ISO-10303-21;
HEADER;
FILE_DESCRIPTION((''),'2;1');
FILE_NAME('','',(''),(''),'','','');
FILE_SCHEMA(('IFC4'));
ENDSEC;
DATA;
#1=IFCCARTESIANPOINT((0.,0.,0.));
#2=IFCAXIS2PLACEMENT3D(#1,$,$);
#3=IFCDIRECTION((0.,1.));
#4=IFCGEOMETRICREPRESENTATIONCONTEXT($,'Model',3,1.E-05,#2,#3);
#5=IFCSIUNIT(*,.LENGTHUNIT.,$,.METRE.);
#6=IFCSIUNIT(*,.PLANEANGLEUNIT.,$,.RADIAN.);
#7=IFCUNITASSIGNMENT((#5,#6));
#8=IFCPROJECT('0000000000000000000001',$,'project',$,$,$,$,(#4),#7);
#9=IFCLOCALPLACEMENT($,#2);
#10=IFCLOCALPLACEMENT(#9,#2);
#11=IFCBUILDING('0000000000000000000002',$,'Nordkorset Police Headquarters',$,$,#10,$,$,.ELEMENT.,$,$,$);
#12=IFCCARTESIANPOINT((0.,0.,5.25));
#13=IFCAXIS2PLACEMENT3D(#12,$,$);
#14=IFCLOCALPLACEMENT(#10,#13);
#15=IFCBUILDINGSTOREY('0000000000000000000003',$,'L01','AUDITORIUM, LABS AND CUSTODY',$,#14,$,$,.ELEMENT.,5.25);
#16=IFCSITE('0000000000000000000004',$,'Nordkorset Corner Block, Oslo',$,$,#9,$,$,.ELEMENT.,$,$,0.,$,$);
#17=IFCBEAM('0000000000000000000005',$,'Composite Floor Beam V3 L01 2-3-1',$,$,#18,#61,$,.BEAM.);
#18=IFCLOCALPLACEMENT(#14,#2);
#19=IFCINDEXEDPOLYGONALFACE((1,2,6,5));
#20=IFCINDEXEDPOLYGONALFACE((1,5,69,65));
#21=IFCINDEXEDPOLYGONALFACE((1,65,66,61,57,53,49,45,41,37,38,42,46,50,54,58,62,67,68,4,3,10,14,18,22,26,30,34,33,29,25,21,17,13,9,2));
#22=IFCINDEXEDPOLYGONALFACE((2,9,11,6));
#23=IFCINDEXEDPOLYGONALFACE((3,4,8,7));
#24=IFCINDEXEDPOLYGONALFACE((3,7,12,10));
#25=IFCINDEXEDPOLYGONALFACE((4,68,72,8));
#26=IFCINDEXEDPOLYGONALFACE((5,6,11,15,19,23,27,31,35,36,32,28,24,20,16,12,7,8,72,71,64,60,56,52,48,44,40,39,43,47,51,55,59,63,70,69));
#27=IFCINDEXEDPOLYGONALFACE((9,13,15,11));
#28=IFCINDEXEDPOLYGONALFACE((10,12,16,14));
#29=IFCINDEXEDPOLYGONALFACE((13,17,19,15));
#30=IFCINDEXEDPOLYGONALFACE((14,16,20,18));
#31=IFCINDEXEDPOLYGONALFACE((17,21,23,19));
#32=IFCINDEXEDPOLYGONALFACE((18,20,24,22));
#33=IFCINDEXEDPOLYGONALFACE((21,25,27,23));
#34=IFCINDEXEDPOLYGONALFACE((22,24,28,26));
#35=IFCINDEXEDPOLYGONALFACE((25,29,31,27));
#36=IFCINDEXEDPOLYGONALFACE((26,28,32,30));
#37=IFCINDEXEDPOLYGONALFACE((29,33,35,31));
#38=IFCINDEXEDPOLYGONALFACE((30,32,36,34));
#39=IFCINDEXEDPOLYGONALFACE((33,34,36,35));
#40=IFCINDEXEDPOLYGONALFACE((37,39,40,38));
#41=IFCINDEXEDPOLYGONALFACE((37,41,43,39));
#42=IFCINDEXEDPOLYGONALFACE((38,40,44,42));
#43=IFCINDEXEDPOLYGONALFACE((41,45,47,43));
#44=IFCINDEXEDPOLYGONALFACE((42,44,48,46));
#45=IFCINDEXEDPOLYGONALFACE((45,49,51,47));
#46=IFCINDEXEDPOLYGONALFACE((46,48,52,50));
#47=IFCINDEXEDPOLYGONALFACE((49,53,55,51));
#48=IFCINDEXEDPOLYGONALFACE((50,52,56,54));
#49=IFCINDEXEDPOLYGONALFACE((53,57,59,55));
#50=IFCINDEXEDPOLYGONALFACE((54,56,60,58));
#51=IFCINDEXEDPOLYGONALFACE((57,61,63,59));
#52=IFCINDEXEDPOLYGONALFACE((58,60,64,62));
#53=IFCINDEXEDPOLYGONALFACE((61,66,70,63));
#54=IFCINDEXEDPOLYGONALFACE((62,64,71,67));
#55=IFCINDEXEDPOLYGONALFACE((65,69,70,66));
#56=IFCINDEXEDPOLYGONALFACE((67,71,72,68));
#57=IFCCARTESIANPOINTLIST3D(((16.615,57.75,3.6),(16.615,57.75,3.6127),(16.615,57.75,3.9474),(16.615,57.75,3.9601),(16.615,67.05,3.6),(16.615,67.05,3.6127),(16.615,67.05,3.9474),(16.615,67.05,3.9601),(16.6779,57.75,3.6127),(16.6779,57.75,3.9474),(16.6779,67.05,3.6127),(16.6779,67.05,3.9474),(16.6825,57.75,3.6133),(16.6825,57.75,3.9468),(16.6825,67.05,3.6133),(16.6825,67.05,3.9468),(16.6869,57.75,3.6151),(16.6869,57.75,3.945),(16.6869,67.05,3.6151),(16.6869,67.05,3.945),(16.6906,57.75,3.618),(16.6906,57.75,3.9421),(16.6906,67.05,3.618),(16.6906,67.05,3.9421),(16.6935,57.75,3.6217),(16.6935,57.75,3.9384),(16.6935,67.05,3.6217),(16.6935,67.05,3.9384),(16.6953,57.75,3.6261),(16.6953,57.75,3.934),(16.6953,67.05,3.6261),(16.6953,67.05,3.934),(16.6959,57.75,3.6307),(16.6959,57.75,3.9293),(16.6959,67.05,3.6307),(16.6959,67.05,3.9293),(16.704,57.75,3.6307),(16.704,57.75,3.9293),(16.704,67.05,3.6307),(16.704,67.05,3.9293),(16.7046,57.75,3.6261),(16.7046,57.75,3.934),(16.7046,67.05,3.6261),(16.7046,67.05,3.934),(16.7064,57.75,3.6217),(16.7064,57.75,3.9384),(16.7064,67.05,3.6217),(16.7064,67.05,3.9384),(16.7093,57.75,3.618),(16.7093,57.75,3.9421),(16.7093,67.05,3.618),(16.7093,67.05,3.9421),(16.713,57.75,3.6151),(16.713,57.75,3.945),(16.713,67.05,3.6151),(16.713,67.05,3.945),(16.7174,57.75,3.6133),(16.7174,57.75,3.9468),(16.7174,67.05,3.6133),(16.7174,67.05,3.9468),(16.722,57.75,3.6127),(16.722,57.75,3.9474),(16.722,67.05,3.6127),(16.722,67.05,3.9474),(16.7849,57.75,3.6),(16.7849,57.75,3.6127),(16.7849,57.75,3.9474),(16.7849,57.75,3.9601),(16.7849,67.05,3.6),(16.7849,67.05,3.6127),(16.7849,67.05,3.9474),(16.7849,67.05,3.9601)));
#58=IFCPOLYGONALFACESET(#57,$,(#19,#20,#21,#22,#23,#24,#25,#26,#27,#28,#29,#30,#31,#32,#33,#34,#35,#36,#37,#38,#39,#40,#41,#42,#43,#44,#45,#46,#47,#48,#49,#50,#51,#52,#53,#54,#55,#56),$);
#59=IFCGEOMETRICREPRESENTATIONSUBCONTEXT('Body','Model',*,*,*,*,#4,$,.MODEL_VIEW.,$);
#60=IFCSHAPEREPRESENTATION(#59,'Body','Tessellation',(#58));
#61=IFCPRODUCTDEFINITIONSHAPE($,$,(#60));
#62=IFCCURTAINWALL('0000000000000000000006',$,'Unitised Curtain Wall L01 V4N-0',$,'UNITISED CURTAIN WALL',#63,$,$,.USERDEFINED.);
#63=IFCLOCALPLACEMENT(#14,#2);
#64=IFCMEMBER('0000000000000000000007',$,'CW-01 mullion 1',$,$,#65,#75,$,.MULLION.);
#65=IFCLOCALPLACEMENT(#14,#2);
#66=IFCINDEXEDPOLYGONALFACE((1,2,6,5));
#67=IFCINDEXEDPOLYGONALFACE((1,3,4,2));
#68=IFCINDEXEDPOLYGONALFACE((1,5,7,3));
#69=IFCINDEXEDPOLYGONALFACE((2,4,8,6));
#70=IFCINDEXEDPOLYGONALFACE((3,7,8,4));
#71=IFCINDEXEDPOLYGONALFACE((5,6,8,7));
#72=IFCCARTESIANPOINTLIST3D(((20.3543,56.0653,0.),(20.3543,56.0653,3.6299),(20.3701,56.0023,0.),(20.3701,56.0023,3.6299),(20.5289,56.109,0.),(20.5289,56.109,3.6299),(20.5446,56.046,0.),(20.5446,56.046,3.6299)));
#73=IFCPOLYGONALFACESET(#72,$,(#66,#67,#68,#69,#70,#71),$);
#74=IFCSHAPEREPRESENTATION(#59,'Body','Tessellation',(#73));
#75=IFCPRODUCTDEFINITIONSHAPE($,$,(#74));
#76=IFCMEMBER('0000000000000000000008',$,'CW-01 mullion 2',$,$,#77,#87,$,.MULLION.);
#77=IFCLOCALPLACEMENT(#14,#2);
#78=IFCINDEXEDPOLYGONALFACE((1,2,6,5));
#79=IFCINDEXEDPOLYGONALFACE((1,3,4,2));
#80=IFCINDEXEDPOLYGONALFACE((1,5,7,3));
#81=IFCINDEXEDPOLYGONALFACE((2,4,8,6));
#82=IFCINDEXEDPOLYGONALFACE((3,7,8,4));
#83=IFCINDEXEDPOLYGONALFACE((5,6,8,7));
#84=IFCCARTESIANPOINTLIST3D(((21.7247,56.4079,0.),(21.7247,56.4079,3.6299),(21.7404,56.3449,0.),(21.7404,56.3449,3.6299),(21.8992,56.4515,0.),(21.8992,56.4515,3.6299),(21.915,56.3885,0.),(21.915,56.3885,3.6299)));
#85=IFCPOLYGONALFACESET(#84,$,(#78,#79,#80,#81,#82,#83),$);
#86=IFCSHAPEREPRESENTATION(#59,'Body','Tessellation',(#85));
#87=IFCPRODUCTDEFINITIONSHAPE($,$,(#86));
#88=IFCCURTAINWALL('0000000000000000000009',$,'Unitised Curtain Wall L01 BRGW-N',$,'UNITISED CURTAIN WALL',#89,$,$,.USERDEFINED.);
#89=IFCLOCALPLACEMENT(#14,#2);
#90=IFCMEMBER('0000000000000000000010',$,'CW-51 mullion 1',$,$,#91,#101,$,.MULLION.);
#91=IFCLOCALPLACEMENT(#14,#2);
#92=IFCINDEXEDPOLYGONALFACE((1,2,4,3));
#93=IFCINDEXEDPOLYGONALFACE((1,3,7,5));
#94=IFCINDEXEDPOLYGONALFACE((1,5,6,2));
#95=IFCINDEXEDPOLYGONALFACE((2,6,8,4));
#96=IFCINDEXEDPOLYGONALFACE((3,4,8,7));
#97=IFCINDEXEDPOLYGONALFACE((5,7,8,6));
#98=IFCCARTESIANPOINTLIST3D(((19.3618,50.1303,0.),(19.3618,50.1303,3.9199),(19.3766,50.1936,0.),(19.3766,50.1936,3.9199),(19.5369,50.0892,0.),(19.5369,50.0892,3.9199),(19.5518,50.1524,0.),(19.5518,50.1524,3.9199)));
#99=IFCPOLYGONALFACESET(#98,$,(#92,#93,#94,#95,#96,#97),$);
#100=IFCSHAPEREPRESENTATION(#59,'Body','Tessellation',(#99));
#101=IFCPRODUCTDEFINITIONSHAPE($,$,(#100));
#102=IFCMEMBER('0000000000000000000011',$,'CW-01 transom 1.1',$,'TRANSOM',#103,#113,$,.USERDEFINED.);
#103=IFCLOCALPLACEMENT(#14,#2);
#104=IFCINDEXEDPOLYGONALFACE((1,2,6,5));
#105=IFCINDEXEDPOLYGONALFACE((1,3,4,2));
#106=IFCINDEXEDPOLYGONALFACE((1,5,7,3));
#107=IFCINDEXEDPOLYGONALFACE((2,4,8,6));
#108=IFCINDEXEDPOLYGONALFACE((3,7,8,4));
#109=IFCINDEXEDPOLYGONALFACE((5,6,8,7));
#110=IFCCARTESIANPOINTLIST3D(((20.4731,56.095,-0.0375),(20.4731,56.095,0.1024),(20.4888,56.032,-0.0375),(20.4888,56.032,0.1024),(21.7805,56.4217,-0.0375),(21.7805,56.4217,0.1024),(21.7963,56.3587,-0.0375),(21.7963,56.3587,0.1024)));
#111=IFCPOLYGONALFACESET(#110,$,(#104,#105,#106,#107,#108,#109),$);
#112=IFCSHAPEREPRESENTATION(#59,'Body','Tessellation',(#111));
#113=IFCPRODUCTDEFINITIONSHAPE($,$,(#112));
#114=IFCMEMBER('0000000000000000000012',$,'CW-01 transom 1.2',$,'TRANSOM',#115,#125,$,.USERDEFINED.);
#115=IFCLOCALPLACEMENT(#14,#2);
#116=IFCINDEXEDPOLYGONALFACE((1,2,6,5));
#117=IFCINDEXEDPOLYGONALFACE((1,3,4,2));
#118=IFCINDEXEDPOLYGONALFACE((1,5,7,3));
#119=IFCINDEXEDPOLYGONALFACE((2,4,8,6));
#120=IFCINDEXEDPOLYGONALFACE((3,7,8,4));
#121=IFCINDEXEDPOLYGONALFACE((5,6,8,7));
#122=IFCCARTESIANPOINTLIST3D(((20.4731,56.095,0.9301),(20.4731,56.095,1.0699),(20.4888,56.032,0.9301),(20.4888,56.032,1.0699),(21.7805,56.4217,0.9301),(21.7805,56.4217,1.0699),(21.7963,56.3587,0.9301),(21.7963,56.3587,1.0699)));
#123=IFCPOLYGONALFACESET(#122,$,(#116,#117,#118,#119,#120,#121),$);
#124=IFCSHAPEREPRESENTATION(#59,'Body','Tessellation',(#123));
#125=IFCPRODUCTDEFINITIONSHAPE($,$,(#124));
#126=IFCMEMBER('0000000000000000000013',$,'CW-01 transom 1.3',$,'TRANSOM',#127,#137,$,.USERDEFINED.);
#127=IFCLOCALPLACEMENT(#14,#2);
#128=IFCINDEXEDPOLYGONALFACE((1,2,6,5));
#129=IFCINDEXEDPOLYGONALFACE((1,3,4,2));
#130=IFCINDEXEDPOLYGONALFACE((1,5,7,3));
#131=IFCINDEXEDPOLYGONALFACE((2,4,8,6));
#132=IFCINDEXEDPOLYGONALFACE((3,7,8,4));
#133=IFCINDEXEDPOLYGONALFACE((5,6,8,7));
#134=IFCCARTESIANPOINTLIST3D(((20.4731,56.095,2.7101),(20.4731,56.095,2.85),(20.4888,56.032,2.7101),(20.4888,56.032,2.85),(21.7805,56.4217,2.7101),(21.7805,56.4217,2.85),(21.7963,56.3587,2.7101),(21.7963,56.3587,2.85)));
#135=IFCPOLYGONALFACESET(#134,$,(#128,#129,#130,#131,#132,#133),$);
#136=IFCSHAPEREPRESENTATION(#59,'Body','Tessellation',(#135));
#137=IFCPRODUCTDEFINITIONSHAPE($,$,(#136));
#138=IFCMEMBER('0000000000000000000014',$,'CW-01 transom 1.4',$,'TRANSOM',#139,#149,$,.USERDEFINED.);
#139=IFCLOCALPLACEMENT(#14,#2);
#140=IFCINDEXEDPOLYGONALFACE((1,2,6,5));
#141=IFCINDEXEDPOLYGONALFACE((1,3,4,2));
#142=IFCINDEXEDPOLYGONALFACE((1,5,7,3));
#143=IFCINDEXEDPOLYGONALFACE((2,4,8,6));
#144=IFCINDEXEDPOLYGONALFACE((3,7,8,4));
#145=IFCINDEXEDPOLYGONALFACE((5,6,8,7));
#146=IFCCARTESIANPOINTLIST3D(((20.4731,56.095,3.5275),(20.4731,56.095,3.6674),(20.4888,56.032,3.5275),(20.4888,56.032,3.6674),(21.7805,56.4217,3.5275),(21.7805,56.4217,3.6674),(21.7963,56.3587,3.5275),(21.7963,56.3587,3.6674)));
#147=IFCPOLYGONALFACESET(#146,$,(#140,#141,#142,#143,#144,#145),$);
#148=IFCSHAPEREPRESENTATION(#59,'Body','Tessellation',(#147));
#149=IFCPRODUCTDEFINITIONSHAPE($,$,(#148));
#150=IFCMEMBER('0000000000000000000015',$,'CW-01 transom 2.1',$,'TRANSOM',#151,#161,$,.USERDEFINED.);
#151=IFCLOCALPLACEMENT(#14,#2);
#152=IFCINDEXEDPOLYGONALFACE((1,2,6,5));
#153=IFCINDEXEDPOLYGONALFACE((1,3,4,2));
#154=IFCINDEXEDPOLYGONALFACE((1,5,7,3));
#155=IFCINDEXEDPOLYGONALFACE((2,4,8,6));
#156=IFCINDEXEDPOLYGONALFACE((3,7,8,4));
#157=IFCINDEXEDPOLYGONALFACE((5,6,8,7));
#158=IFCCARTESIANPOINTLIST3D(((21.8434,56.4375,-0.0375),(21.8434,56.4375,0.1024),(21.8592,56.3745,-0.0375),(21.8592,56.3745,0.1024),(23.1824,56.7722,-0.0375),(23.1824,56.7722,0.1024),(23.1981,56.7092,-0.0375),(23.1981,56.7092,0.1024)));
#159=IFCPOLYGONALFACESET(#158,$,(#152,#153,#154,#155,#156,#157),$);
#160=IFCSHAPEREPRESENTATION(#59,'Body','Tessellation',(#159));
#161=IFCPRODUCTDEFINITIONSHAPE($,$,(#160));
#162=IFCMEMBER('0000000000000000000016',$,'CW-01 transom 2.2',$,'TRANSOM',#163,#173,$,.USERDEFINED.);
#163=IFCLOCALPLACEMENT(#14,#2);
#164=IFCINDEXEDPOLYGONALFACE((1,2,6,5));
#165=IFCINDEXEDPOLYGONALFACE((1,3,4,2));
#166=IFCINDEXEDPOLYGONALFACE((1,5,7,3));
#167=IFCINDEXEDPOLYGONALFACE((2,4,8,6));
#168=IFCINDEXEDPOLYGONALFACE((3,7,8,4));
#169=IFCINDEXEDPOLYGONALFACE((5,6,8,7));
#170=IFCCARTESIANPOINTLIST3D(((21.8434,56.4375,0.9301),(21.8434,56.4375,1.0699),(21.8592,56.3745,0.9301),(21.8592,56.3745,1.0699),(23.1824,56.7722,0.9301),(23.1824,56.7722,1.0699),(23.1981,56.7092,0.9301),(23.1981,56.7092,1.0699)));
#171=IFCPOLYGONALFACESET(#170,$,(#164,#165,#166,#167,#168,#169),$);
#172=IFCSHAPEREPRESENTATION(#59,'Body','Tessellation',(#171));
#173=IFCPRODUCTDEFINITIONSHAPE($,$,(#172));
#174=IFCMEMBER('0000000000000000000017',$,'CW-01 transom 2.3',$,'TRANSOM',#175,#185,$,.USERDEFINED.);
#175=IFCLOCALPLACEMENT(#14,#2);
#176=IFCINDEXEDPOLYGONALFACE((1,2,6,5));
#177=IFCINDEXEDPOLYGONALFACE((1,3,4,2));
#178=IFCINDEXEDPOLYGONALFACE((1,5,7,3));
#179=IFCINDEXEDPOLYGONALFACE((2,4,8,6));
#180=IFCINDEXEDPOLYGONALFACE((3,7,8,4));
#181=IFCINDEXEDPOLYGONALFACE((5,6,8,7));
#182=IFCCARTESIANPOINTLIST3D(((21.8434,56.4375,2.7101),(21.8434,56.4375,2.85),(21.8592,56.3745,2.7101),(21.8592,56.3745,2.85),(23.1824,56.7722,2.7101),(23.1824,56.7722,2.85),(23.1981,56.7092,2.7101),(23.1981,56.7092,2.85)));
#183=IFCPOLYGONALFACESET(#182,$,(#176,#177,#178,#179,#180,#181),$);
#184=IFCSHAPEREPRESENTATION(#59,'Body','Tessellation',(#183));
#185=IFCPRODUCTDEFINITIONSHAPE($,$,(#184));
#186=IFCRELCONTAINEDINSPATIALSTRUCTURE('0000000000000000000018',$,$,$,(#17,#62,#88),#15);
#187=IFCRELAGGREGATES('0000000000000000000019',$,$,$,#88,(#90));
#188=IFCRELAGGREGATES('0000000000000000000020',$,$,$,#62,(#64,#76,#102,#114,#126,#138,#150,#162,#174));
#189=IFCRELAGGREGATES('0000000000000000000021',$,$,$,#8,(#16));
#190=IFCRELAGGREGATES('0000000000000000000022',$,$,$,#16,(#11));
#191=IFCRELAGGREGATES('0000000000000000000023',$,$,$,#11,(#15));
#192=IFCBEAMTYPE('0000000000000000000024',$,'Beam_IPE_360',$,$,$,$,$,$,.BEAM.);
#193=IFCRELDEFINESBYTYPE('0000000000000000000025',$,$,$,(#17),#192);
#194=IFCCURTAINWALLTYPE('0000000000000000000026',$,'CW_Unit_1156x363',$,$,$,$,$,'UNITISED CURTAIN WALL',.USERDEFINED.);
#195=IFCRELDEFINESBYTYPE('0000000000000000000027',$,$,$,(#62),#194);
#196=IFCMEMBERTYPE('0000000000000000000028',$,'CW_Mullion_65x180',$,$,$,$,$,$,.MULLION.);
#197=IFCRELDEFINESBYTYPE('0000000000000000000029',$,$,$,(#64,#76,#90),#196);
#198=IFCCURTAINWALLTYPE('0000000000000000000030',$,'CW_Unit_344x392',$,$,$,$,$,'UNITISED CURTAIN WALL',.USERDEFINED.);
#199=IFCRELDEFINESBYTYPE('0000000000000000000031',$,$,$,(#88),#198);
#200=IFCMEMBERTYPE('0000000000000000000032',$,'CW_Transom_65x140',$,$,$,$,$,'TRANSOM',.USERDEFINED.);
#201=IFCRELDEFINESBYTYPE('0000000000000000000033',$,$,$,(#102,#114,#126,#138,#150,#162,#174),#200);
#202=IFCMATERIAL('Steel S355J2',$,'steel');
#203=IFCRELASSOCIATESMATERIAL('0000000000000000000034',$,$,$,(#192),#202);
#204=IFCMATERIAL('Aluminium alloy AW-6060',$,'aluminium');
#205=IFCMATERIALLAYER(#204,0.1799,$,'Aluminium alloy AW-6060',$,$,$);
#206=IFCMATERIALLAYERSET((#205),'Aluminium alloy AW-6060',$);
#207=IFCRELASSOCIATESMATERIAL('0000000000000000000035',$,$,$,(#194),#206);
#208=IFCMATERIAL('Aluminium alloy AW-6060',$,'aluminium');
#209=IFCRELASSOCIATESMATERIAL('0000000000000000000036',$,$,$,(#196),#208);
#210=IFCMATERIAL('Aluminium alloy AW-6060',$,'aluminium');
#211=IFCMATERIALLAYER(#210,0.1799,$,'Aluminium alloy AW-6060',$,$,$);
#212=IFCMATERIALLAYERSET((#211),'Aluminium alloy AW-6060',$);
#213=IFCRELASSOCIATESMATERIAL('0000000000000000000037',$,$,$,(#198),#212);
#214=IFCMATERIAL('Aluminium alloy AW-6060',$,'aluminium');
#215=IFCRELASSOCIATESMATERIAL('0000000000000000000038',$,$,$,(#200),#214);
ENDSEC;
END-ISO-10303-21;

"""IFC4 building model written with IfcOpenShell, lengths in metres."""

from ifc_helpers import new_model, si_unit, direction, frame, origin, origin_2d, place, context, subcontext, project, spatial, rectangle, i_section, extrude, material, layer, layer_set, material_profile, profile_set, type_object, element, aggregate, save


model = new_model("IFC4")

# Units and contexts
model_context = context("Model", 3, precision=1e-05, world=origin(), true_north=direction((0.0, 1.0)))
body_context = subcontext(model_context, "Body", "Model", "MODEL_VIEW")
ifc_project = project(units=[si_unit("LENGTHUNIT", "METRE"), si_unit("PLANEANGLEUNIT", "RADIAN")], contexts=[model_context])

# Site, building, storey
site_placement = place(None, origin())
site = spatial("IfcSite", under=ifc_project, at=site_placement, Name="Nordkorset Corner Block, Oslo", CompositionType="ELEMENT", RefElevation=0.0)
building_placement = place(site_placement, origin())
building = spatial("IfcBuilding", under=site, at=building_placement, Name="Nordkorset Police Headquarters", CompositionType="ELEMENT")
storey_placement = place(building_placement, frame((0.0, 0.0, 5.25)))
storey = spatial("IfcBuildingStorey", under=building, at=storey_placement, Name="L01", Description="AUDITORIUM, LABS AND CUSTODY", CompositionType="ELEMENT", Elevation=5.25)

# Beam
ifc_material_1 = material(Name="Steel S355J2", Category="steel")
ifc_material_profile_1 = material_profile(ifc_material_1, i_section(OverallWidth=0.1699, OverallDepth=0.3601, WebThickness=0.0081, FlangeThickness=0.0127, FilletRadius=0.0181, at=origin_2d()), Name="IPE 360")
ifc_profile_set_1 = profile_set([ifc_material_profile_1], Name="Steel S355J2")
beam_type_1 = type_object("IfcBeamType", Name="Beam_IPE_360", PredefinedType="BEAM", material=ifc_profile_set_1)
beam_1_placement = place(storey_placement, frame((16.7, 57.75, 3.78), z_axis=(0.0, 1.0, 0.0), x_axis=(-1.0, 0.0, 0.0)))
element("IfcBeam", 1, at=beam_1_placement, inside=storey, type_object=beam_type_1, Name="Composite Floor Beam V3 L01 2-3-1", PredefinedType="BEAM", context=body_context, shape_type="SweptSolid", body=[
    extrude(i_section(OverallWidth=0.1699, OverallDepth=0.3601, WebThickness=0.0081, FlangeThickness=0.0127, FilletRadius=0.0181, at=origin_2d()), origin(), (0.0, 0.0, 1.0), 9.3),
])

# Curtain wall, members
ifc_material_2 = material(Name="Aluminium alloy AW-6060", Category="aluminium")
ifc_layer_1 = layer(ifc_material_2, 0.1799, Name="Aluminium alloy AW-6060")
ifc_layer_set_1 = layer_set([ifc_layer_1], Name="Aluminium alloy AW-6060")
curtain_wall_type_1 = type_object("IfcCurtainWallType", Name="CW_Unit_1156x363", ElementType="UNITISED CURTAIN WALL", PredefinedType="USERDEFINED", material=ifc_layer_set_1)
curtain_wall_1_placement = place(storey_placement, origin())
curtain_wall_1 = element("IfcCurtainWall", 2, at=curtain_wall_1_placement, inside=storey, type_object=curtain_wall_type_1, Name="Unitised Curtain Wall L01 V4N-0", ObjectType="UNITISED CURTAIN WALL", PredefinedType="USERDEFINED")
ifc_material_3 = material(Name="Aluminium alloy AW-6060", Category="aluminium")
ifc_material_profile_2 = material_profile(ifc_material_3, rectangle(XDim=0.0649, YDim=0.1799, at=origin_2d()), Name="ALU MULL 65x180")
ifc_profile_set_2 = profile_set([ifc_material_profile_2], Name="Aluminium alloy AW-6060")
member_type_1 = type_object("IfcMemberType", Name="CW_Mullion_65x180", PredefinedType="MULLION", material=ifc_profile_set_2)
member_1_placement = place(storey_placement, frame((20.4495, 56.0557, 0.0), z_axis=(0.0, 0.0, 1.0), x_axis=(-0.242536, 0.970142, 0.0)))
member_1 = element("IfcMember", 3, at=member_1_placement, type_object=member_type_1, Name="CW-01 mullion 1", PredefinedType="MULLION", context=body_context, shape_type="SweptSolid", body=[
    extrude(rectangle(XDim=0.0649, YDim=0.1799, at=origin_2d()), origin(), (0.0, 0.0, 1.0), 3.6299),
])
member_2_placement = place(storey_placement, frame((21.8198, 56.3982, 0.0), z_axis=(0.0, 0.0, 1.0), x_axis=(-0.242536, 0.970142, 0.0)))
member_2 = element("IfcMember", 4, at=member_2_placement, type_object=member_type_1, Name="CW-01 mullion 2", PredefinedType="MULLION", context=body_context, shape_type="SweptSolid", body=[
    extrude(rectangle(XDim=0.0649, YDim=0.1799, at=origin_2d()), origin(), (0.0, 0.0, 1.0), 3.6299),
])

# Curtain wall, member
ifc_material_4 = material(Name="Aluminium alloy AW-6060", Category="aluminium")
ifc_layer_2 = layer(ifc_material_4, 0.1799, Name="Aluminium alloy AW-6060")
ifc_layer_set_2 = layer_set([ifc_layer_2], Name="Aluminium alloy AW-6060")
curtain_wall_type_2 = type_object("IfcCurtainWallType", Name="CW_Unit_344x392", ElementType="UNITISED CURTAIN WALL", PredefinedType="USERDEFINED", material=ifc_layer_set_2)
curtain_wall_2_placement = place(storey_placement, origin())
curtain_wall_2 = element("IfcCurtainWall", 5, at=curtain_wall_2_placement, inside=storey, type_object=curtain_wall_type_2, Name="Unitised Curtain Wall L01 BRGW-N", ObjectType="UNITISED CURTAIN WALL", PredefinedType="USERDEFINED")
member_3_placement = place(storey_placement, frame((19.4568, 50.1414, 0.0), z_axis=(0.0, 0.0, 1.0), x_axis=(0.228893, 0.973452, 0.0)))
member_3 = element("IfcMember", 6, at=member_3_placement, type_object=member_type_1, Name="CW-51 mullion 1", PredefinedType="MULLION", context=body_context, shape_type="SweptSolid", body=[
    extrude(rectangle(XDim=0.0649, YDim=0.1799, at=origin_2d()), origin(), (0.0, 0.0, 1.0), 3.9199),
])

# Members
ifc_material_5 = material(Name="Aluminium alloy AW-6060", Category="aluminium")
ifc_material_profile_3 = material_profile(ifc_material_5, rectangle(XDim=0.0649, YDim=0.1399, at=origin_2d()), Name="ALU TRAN 65x140")
ifc_profile_set_3 = profile_set([ifc_material_profile_3], Name="Aluminium alloy AW-6060")
member_type_2 = type_object("IfcMemberType", Name="CW_Transom_65x140", ElementType="TRANSOM", PredefinedType="USERDEFINED", material=ifc_profile_set_3)
member_4_placement = place(storey_placement, frame((20.481, 56.0635, 0.0325), z_axis=(0.970174, 0.242408, 0.0), x_axis=(-0.242408, 0.970174, 0.0)))
member_4 = element("IfcMember", 7, at=member_4_placement, type_object=member_type_2, Name="CW-01 transom 1.1", ObjectType="TRANSOM", PredefinedType="USERDEFINED", context=body_context, shape_type="SweptSolid", body=[
    extrude(rectangle(XDim=0.0649, YDim=0.1399, at=origin_2d()), origin(), (0.0, 0.0, 1.0), 1.3477),
])
member_5_placement = place(storey_placement, frame((20.481, 56.0635, 1.0), z_axis=(0.970174, 0.242408, 0.0), x_axis=(-0.242408, 0.970174, 0.0)))
member_5 = element("IfcMember", 8, at=member_5_placement, type_object=member_type_2, Name="CW-01 transom 1.2", ObjectType="TRANSOM", PredefinedType="USERDEFINED", context=body_context, shape_type="SweptSolid", body=[
    extrude(rectangle(XDim=0.0649, YDim=0.1399, at=origin_2d()), origin(), (0.0, 0.0, 1.0), 1.3477),
])
member_6_placement = place(storey_placement, frame((20.481, 56.0635, 2.78), z_axis=(0.970174, 0.242408, 0.0), x_axis=(-0.242408, 0.970174, 0.0)))
member_6 = element("IfcMember", 9, at=member_6_placement, type_object=member_type_2, Name="CW-01 transom 1.3", ObjectType="TRANSOM", PredefinedType="USERDEFINED", context=body_context, shape_type="SweptSolid", body=[
    extrude(rectangle(XDim=0.0649, YDim=0.1399, at=origin_2d()), origin(), (0.0, 0.0, 1.0), 1.3477),
])
member_7_placement = place(storey_placement, frame((20.481, 56.0635, 3.5974), z_axis=(0.970174, 0.242408, 0.0), x_axis=(-0.242408, 0.970174, 0.0)))
member_7 = element("IfcMember", 10, at=member_7_placement, type_object=member_type_2, Name="CW-01 transom 1.4", ObjectType="TRANSOM", PredefinedType="USERDEFINED", context=body_context, shape_type="SweptSolid", body=[
    extrude(rectangle(XDim=0.0649, YDim=0.1399, at=origin_2d()), origin(), (0.0, 0.0, 1.0), 1.3477),
])
member_8_placement = place(storey_placement, frame((21.8513, 56.406, 0.0325), z_axis=(0.970143, 0.242536, 0.0), x_axis=(-0.242536, 0.970143, 0.0)))
member_8 = element("IfcMember", 11, at=member_8_placement, type_object=member_type_2, Name="CW-01 transom 2.1", ObjectType="TRANSOM", PredefinedType="USERDEFINED", context=body_context, shape_type="SweptSolid", body=[
    extrude(rectangle(XDim=0.0649, YDim=0.1399, at=origin_2d()), origin(), (0.0, 0.0, 1.0), 1.3801),
])
member_9_placement = place(storey_placement, frame((21.8513, 56.406, 1.0), z_axis=(0.970143, 0.242536, 0.0), x_axis=(-0.242536, 0.970143, 0.0)))
member_9 = element("IfcMember", 12, at=member_9_placement, type_object=member_type_2, Name="CW-01 transom 2.2", ObjectType="TRANSOM", PredefinedType="USERDEFINED", context=body_context, shape_type="SweptSolid", body=[
    extrude(rectangle(XDim=0.0649, YDim=0.1399, at=origin_2d()), origin(), (0.0, 0.0, 1.0), 1.3801),
])
member_10_placement = place(storey_placement, frame((21.8513, 56.406, 2.78), z_axis=(0.970143, 0.242536, 0.0), x_axis=(-0.242536, 0.970143, 0.0)))
member_10 = element("IfcMember", 13, at=member_10_placement, type_object=member_type_2, Name="CW-01 transom 2.3", ObjectType="TRANSOM", PredefinedType="USERDEFINED", context=body_context, shape_type="SweptSolid", body=[
    extrude(rectangle(XDim=0.0649, YDim=0.1399, at=origin_2d()), origin(), (0.0, 0.0, 1.0), 1.3801),
])
aggregate(curtain_wall_2, [member_3])

aggregate(curtain_wall_1, [member_1, member_2, member_4, member_5, member_6, member_7, member_8, member_9, member_10])

save(model, "model.ifc")
